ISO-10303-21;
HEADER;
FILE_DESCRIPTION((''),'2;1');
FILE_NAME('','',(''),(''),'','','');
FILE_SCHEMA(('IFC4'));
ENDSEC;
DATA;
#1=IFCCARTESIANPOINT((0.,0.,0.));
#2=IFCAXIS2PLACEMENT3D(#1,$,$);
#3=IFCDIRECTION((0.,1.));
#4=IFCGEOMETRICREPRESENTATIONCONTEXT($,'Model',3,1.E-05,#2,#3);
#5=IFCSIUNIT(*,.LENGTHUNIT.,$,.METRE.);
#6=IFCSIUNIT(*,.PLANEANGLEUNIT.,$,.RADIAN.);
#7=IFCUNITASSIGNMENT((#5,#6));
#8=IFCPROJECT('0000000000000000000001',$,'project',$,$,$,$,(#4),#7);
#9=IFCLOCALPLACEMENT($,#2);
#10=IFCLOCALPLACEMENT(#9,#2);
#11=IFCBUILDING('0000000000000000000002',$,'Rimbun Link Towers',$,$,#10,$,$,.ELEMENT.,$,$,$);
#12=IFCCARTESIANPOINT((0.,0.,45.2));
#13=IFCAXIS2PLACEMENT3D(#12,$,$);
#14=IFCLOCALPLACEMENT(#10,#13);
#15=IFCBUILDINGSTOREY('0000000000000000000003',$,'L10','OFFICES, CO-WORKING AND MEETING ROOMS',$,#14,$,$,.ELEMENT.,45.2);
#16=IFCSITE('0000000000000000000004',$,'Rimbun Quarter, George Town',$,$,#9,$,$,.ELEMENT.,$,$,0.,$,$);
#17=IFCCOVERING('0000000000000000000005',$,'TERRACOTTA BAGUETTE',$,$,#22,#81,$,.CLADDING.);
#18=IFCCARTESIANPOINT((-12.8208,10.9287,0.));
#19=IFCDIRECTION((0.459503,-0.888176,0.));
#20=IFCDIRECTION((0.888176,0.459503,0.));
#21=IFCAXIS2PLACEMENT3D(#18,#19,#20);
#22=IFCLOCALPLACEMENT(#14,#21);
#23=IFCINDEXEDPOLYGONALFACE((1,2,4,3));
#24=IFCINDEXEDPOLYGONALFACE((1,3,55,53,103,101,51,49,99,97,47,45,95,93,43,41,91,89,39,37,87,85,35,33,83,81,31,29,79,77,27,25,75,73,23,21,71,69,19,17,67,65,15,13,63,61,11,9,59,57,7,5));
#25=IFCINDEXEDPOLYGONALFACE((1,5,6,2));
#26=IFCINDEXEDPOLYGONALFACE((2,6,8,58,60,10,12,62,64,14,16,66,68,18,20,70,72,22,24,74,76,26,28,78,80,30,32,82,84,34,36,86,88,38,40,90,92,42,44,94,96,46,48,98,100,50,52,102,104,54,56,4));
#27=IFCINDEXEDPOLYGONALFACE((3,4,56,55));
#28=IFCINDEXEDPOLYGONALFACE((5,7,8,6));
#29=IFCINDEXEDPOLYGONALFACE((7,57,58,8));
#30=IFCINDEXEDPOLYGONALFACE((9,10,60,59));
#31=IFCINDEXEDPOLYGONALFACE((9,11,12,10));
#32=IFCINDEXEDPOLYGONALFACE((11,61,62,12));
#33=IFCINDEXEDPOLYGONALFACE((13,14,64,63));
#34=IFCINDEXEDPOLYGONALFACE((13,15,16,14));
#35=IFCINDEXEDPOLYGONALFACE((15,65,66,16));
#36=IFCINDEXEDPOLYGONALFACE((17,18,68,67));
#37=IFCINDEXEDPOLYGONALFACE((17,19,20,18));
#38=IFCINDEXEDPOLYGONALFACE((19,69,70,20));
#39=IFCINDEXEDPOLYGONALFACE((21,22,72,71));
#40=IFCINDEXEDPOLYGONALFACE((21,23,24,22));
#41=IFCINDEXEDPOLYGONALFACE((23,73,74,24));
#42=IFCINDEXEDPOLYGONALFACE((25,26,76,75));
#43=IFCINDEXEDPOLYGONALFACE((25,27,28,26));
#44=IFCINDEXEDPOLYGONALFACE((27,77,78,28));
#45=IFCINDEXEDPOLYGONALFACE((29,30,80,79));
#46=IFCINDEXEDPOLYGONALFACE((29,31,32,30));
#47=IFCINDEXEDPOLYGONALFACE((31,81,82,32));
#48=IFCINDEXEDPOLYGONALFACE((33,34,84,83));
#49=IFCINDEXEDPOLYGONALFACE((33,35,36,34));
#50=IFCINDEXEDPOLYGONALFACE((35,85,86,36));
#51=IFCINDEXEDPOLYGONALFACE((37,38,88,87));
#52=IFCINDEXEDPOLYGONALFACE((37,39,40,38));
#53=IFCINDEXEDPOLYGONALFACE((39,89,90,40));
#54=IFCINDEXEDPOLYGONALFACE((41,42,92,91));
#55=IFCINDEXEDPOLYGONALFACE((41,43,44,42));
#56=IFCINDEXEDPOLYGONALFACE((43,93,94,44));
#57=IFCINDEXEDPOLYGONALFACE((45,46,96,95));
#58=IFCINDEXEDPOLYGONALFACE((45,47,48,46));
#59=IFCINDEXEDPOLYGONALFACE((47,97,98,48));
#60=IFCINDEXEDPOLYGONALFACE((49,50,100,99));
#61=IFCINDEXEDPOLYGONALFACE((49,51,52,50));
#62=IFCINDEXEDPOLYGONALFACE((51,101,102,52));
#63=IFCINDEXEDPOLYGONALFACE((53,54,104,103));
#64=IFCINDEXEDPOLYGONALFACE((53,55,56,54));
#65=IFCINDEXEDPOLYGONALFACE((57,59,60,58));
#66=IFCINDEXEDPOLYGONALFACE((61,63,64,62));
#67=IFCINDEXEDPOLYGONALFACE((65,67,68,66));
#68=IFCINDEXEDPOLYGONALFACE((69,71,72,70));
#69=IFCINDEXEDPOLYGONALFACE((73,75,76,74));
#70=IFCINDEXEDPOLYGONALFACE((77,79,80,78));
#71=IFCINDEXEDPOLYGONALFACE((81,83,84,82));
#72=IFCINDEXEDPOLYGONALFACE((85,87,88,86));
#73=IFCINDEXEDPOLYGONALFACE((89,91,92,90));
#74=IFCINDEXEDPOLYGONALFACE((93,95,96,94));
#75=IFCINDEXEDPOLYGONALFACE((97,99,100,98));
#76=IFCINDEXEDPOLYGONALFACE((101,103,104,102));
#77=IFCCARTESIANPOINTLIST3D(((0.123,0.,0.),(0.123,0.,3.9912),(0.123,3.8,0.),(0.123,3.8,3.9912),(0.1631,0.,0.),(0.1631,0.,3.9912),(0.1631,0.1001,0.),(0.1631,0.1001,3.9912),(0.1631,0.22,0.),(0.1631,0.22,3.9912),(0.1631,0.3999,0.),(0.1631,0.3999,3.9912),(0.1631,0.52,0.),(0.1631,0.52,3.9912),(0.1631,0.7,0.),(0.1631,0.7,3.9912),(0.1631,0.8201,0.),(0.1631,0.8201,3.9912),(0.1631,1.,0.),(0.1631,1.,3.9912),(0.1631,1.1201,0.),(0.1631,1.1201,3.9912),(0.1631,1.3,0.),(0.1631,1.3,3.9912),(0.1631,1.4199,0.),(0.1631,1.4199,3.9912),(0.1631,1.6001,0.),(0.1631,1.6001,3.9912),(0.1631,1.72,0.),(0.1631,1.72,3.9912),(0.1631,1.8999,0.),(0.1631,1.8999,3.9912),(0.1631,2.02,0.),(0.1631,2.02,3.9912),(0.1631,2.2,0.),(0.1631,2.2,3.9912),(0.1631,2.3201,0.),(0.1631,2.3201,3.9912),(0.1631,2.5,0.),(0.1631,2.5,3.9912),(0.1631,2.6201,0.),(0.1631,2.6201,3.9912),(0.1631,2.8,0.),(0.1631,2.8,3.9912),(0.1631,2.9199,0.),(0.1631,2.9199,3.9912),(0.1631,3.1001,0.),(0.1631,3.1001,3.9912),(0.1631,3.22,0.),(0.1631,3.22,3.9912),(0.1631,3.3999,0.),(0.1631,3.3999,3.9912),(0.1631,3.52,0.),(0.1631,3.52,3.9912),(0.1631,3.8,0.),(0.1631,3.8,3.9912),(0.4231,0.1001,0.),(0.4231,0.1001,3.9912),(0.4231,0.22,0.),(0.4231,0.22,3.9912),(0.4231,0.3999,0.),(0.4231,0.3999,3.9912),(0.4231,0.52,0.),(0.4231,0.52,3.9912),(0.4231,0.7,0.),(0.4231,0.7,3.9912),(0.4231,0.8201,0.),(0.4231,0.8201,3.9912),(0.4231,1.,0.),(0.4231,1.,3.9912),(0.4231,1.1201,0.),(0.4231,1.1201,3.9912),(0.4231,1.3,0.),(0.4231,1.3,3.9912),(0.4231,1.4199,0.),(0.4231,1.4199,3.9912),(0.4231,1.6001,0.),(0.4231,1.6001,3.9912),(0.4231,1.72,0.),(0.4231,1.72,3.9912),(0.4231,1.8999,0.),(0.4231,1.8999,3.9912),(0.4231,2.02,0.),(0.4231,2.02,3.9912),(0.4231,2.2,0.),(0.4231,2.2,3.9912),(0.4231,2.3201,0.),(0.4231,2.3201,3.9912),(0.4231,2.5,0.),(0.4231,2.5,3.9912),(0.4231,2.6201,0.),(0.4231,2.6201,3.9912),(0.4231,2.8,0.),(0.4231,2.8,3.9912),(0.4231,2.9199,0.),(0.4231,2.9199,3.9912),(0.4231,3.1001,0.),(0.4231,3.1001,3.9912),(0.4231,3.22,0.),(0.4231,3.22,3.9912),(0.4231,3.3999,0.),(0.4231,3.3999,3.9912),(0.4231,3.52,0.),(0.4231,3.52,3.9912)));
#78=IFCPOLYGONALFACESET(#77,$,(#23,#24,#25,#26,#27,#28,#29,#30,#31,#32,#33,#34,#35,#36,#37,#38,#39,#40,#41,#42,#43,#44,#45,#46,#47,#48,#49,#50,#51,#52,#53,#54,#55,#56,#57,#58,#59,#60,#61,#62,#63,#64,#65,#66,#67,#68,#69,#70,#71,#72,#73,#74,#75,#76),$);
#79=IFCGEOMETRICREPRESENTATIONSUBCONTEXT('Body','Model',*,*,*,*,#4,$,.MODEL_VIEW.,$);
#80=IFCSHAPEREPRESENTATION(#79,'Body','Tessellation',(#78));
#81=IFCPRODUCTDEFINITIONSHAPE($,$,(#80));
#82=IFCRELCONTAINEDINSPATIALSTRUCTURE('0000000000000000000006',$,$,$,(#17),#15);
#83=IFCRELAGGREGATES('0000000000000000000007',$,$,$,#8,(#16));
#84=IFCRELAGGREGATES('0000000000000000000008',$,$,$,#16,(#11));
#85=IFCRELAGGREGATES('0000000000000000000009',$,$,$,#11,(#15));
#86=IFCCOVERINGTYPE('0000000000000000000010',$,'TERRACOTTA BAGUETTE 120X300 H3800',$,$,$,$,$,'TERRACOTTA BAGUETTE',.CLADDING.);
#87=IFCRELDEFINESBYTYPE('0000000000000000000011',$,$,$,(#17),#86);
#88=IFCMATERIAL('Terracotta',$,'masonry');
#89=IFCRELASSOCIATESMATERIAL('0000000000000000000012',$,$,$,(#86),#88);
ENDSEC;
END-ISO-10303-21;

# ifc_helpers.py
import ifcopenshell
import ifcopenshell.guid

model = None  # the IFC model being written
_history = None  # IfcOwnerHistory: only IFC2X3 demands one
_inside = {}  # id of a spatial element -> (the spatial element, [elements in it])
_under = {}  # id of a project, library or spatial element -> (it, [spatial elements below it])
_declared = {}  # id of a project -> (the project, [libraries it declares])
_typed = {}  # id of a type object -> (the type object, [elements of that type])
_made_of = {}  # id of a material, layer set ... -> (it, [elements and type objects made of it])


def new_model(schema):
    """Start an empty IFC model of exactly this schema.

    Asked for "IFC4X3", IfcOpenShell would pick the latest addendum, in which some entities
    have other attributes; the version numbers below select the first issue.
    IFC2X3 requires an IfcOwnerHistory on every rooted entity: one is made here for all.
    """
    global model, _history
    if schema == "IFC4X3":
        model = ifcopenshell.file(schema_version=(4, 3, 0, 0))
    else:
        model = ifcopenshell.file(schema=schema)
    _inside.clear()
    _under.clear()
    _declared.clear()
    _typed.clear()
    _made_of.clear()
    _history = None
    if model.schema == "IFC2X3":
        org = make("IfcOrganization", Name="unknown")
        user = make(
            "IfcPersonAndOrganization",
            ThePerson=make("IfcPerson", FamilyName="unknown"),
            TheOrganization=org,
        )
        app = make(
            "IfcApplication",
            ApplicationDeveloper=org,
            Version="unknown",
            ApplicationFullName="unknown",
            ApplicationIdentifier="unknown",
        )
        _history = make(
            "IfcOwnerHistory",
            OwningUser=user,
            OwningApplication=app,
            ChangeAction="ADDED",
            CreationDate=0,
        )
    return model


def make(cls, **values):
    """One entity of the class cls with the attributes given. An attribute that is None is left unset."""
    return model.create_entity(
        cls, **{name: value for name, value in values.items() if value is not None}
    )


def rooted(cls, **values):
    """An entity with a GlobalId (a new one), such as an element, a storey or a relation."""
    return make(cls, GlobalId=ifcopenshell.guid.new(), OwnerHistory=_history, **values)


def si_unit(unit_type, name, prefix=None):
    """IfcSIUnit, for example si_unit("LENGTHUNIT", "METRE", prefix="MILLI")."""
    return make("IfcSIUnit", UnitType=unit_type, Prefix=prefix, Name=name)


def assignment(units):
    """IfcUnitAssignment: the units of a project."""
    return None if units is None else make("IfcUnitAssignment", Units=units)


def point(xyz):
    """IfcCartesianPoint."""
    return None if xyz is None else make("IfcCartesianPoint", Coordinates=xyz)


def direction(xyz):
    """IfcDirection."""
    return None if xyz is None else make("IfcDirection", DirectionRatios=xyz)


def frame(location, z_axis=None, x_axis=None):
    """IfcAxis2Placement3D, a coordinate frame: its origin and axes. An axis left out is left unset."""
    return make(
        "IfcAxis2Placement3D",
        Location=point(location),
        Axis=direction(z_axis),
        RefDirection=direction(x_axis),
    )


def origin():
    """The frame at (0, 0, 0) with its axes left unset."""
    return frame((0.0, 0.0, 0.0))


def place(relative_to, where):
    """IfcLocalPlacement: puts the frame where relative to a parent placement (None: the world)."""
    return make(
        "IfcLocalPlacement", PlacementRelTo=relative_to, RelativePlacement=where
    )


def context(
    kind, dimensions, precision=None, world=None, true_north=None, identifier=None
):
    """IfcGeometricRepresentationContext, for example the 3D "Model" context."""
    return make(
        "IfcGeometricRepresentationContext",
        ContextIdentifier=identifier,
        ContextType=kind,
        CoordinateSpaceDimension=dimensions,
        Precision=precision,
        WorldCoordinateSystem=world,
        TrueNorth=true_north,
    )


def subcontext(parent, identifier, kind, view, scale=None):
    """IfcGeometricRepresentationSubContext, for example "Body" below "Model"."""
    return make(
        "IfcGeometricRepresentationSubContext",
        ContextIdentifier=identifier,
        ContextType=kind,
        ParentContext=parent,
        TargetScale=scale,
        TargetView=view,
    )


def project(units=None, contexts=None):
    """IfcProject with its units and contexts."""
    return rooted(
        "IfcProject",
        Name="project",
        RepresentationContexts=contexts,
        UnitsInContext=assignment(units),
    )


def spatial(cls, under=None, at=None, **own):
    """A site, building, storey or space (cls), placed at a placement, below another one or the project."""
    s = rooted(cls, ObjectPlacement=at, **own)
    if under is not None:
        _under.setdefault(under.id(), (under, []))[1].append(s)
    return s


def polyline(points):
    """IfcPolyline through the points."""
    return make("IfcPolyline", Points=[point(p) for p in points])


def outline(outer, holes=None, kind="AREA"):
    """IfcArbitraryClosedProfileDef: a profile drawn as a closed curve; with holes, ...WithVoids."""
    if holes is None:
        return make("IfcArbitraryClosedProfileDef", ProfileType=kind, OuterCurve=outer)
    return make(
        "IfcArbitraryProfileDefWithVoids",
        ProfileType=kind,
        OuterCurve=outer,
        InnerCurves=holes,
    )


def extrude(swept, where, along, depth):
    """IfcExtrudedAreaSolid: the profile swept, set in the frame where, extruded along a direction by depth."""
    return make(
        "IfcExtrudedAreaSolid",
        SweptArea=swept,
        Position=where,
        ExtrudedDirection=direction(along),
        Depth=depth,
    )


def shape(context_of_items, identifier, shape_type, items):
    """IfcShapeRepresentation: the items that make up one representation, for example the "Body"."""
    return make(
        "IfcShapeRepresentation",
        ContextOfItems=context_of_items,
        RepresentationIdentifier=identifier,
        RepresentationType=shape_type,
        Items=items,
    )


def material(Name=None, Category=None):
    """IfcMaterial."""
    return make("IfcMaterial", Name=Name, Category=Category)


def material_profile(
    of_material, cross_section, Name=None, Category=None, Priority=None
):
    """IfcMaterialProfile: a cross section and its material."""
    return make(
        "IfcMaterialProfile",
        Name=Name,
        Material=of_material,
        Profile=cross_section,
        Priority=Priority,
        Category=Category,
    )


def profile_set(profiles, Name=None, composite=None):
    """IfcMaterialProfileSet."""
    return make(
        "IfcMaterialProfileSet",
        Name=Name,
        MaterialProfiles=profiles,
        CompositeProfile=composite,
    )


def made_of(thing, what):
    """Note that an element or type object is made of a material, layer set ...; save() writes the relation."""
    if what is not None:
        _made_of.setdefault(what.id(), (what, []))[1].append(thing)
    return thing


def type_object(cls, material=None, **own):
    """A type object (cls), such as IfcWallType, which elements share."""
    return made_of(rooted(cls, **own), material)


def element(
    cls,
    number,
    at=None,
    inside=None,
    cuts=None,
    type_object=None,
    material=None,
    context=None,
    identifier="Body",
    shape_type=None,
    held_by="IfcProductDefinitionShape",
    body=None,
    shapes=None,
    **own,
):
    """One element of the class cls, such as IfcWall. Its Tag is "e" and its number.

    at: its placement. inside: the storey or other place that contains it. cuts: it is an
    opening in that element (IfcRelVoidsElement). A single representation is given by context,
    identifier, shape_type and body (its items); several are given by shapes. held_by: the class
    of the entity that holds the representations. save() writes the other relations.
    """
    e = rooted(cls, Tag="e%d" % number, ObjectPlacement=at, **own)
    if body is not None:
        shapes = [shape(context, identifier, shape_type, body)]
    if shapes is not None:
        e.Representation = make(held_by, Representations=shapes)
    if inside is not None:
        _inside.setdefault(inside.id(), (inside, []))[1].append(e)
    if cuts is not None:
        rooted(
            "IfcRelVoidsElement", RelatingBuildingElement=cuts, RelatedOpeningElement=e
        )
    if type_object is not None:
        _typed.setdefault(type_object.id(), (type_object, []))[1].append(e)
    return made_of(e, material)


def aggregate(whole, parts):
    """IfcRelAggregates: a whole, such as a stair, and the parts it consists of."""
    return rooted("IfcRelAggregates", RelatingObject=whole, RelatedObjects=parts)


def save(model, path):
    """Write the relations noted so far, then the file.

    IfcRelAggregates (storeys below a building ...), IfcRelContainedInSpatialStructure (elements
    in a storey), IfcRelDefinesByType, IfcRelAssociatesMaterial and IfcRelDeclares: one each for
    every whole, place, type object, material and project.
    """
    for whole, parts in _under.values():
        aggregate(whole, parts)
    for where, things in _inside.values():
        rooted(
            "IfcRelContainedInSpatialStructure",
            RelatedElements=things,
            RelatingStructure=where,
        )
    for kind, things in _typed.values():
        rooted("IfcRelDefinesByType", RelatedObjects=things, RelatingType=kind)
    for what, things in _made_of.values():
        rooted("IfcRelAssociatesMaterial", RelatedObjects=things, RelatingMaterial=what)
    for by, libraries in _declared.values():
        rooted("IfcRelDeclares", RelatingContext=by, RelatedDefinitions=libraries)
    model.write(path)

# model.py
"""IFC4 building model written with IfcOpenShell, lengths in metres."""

from ifc_helpers import new_model, si_unit, direction, frame, origin, place, context, subcontext, project, spatial, polyline, outline, extrude, material, material_profile, profile_set, type_object, element, save


model = new_model("IFC4")

# Units and contexts
model_context = context("Model", 3, precision=1e-05, world=origin(), true_north=direction((0.0, 1.0)))
body_context = subcontext(model_context, "Body", "Model", "MODEL_VIEW")
ifc_project = project(units=[si_unit("LENGTHUNIT", "METRE"), si_unit("PLANEANGLEUNIT", "RADIAN")], contexts=[model_context])

# Site, building, storey
site_placement = place(None, origin())
site = spatial("IfcSite", under=ifc_project, at=site_placement, Name="Rimbun Quarter, George Town", CompositionType="ELEMENT", RefElevation=0.0)
building_placement = place(site_placement, origin())
building = spatial("IfcBuilding", under=site, at=building_placement, Name="Rimbun Link Towers", CompositionType="ELEMENT")
storey_placement = place(building_placement, frame((0.0, 0.0, 45.2)))
storey = spatial("IfcBuildingStorey", under=building, at=storey_placement, Name="L10", Description="OFFICES, CO-WORKING AND MEETING ROOMS", CompositionType="ELEMENT", Elevation=45.2)

# Covering
ifc_material_1 = material(Name="Terracotta", Category="masonry")
ifc_material_profile_1 = material_profile(ifc_material_1, outline(polyline([(0.123, 0.0), (0.1631, 0.0), (0.1631, 0.1001), (0.4231, 0.1001), (0.4231, 0.22), (0.1631, 0.22), (0.1631, 0.3999), (0.4231, 0.3999), (0.4231, 0.52), (0.1631, 0.52), (0.1631, 0.7), (0.4231, 0.7), (0.4231, 0.8201), (0.1631, 0.8201), (0.1631, 1.0), (0.4231, 1.0), (0.4231, 1.1201), (0.1631, 1.1201), (0.1631, 1.3), (0.4231, 1.3), (0.4231, 1.4199), (0.1631, 1.4199), (0.1631, 1.6001), (0.4231, 1.6001), (0.4231, 1.72), (0.1631, 1.72), (0.1631, 1.8999), (0.4231, 1.8999), (0.4231, 2.02), (0.1631, 2.02), (0.1631, 2.2), (0.4231, 2.2), (0.4231, 2.3201), (0.1631, 2.3201), (0.1631, 2.5), (0.4231, 2.5), (0.4231, 2.6201), (0.1631, 2.6201), (0.1631, 2.8), (0.4231, 2.8), (0.4231, 2.9199), (0.1631, 2.9199), (0.1631, 3.1001), (0.4231, 3.1001), (0.4231, 3.22), (0.1631, 3.22), (0.1631, 3.3999), (0.4231, 3.3999), (0.4231, 3.52), (0.1631, 3.52), (0.1631, 3.8), (0.123, 3.8), (0.123, 0.0)])), Name="BAGUETTE 120X300")
ifc_profile_set_1 = profile_set([ifc_material_profile_1], Name="Terracotta")
covering_type = type_object("IfcCoveringType", Name="TERRACOTTA BAGUETTE 120X300 H3800", ElementType="TERRACOTTA BAGUETTE", PredefinedType="CLADDING", material=ifc_profile_set_1)
covering_1_placement = place(storey_placement, frame((-12.8208, 10.9287, 0.0), z_axis=(0.459503, -0.888176, 0.0), x_axis=(0.888176, 0.459503, 0.0)))
element("IfcCovering", 1, at=covering_1_placement, inside=storey, type_object=covering_type, Name="TERRACOTTA BAGUETTE", PredefinedType="CLADDING", context=body_context, shape_type="SweptSolid", body=[
    extrude(outline(polyline([(0.123, 0.0), (0.1631, 0.0), (0.1631, 0.1001), (0.4231, 0.1001), (0.4231, 0.22), (0.1631, 0.22), (0.1631, 0.3999), (0.4231, 0.3999), (0.4231, 0.52), (0.1631, 0.52), (0.1631, 0.7), (0.4231, 0.7), (0.4231, 0.8201), (0.1631, 0.8201), (0.1631, 1.0), (0.4231, 1.0), (0.4231, 1.1201), (0.1631, 1.1201), (0.1631, 1.3), (0.4231, 1.3), (0.4231, 1.4199), (0.1631, 1.4199), (0.1631, 1.6001), (0.4231, 1.6001), (0.4231, 1.72), (0.1631, 1.72), (0.1631, 1.8999), (0.4231, 1.8999), (0.4231, 2.02), (0.1631, 2.02), (0.1631, 2.2), (0.4231, 2.2), (0.4231, 2.3201), (0.1631, 2.3201), (0.1631, 2.5), (0.4231, 2.5), (0.4231, 2.6201), (0.1631, 2.6201), (0.1631, 2.8), (0.4231, 2.8), (0.4231, 2.9199), (0.1631, 2.9199), (0.1631, 3.1001), (0.4231, 3.1001), (0.4231, 3.22), (0.1631, 3.22), (0.1631, 3.3999), (0.4231, 3.3999), (0.4231, 3.52), (0.1631, 3.52), (0.1631, 3.8), (0.123, 3.8), (0.123, 0.0)])), origin(), (0.0, 0.0, 1.0), 3.9912),
])

save(model, "model.ifc")
